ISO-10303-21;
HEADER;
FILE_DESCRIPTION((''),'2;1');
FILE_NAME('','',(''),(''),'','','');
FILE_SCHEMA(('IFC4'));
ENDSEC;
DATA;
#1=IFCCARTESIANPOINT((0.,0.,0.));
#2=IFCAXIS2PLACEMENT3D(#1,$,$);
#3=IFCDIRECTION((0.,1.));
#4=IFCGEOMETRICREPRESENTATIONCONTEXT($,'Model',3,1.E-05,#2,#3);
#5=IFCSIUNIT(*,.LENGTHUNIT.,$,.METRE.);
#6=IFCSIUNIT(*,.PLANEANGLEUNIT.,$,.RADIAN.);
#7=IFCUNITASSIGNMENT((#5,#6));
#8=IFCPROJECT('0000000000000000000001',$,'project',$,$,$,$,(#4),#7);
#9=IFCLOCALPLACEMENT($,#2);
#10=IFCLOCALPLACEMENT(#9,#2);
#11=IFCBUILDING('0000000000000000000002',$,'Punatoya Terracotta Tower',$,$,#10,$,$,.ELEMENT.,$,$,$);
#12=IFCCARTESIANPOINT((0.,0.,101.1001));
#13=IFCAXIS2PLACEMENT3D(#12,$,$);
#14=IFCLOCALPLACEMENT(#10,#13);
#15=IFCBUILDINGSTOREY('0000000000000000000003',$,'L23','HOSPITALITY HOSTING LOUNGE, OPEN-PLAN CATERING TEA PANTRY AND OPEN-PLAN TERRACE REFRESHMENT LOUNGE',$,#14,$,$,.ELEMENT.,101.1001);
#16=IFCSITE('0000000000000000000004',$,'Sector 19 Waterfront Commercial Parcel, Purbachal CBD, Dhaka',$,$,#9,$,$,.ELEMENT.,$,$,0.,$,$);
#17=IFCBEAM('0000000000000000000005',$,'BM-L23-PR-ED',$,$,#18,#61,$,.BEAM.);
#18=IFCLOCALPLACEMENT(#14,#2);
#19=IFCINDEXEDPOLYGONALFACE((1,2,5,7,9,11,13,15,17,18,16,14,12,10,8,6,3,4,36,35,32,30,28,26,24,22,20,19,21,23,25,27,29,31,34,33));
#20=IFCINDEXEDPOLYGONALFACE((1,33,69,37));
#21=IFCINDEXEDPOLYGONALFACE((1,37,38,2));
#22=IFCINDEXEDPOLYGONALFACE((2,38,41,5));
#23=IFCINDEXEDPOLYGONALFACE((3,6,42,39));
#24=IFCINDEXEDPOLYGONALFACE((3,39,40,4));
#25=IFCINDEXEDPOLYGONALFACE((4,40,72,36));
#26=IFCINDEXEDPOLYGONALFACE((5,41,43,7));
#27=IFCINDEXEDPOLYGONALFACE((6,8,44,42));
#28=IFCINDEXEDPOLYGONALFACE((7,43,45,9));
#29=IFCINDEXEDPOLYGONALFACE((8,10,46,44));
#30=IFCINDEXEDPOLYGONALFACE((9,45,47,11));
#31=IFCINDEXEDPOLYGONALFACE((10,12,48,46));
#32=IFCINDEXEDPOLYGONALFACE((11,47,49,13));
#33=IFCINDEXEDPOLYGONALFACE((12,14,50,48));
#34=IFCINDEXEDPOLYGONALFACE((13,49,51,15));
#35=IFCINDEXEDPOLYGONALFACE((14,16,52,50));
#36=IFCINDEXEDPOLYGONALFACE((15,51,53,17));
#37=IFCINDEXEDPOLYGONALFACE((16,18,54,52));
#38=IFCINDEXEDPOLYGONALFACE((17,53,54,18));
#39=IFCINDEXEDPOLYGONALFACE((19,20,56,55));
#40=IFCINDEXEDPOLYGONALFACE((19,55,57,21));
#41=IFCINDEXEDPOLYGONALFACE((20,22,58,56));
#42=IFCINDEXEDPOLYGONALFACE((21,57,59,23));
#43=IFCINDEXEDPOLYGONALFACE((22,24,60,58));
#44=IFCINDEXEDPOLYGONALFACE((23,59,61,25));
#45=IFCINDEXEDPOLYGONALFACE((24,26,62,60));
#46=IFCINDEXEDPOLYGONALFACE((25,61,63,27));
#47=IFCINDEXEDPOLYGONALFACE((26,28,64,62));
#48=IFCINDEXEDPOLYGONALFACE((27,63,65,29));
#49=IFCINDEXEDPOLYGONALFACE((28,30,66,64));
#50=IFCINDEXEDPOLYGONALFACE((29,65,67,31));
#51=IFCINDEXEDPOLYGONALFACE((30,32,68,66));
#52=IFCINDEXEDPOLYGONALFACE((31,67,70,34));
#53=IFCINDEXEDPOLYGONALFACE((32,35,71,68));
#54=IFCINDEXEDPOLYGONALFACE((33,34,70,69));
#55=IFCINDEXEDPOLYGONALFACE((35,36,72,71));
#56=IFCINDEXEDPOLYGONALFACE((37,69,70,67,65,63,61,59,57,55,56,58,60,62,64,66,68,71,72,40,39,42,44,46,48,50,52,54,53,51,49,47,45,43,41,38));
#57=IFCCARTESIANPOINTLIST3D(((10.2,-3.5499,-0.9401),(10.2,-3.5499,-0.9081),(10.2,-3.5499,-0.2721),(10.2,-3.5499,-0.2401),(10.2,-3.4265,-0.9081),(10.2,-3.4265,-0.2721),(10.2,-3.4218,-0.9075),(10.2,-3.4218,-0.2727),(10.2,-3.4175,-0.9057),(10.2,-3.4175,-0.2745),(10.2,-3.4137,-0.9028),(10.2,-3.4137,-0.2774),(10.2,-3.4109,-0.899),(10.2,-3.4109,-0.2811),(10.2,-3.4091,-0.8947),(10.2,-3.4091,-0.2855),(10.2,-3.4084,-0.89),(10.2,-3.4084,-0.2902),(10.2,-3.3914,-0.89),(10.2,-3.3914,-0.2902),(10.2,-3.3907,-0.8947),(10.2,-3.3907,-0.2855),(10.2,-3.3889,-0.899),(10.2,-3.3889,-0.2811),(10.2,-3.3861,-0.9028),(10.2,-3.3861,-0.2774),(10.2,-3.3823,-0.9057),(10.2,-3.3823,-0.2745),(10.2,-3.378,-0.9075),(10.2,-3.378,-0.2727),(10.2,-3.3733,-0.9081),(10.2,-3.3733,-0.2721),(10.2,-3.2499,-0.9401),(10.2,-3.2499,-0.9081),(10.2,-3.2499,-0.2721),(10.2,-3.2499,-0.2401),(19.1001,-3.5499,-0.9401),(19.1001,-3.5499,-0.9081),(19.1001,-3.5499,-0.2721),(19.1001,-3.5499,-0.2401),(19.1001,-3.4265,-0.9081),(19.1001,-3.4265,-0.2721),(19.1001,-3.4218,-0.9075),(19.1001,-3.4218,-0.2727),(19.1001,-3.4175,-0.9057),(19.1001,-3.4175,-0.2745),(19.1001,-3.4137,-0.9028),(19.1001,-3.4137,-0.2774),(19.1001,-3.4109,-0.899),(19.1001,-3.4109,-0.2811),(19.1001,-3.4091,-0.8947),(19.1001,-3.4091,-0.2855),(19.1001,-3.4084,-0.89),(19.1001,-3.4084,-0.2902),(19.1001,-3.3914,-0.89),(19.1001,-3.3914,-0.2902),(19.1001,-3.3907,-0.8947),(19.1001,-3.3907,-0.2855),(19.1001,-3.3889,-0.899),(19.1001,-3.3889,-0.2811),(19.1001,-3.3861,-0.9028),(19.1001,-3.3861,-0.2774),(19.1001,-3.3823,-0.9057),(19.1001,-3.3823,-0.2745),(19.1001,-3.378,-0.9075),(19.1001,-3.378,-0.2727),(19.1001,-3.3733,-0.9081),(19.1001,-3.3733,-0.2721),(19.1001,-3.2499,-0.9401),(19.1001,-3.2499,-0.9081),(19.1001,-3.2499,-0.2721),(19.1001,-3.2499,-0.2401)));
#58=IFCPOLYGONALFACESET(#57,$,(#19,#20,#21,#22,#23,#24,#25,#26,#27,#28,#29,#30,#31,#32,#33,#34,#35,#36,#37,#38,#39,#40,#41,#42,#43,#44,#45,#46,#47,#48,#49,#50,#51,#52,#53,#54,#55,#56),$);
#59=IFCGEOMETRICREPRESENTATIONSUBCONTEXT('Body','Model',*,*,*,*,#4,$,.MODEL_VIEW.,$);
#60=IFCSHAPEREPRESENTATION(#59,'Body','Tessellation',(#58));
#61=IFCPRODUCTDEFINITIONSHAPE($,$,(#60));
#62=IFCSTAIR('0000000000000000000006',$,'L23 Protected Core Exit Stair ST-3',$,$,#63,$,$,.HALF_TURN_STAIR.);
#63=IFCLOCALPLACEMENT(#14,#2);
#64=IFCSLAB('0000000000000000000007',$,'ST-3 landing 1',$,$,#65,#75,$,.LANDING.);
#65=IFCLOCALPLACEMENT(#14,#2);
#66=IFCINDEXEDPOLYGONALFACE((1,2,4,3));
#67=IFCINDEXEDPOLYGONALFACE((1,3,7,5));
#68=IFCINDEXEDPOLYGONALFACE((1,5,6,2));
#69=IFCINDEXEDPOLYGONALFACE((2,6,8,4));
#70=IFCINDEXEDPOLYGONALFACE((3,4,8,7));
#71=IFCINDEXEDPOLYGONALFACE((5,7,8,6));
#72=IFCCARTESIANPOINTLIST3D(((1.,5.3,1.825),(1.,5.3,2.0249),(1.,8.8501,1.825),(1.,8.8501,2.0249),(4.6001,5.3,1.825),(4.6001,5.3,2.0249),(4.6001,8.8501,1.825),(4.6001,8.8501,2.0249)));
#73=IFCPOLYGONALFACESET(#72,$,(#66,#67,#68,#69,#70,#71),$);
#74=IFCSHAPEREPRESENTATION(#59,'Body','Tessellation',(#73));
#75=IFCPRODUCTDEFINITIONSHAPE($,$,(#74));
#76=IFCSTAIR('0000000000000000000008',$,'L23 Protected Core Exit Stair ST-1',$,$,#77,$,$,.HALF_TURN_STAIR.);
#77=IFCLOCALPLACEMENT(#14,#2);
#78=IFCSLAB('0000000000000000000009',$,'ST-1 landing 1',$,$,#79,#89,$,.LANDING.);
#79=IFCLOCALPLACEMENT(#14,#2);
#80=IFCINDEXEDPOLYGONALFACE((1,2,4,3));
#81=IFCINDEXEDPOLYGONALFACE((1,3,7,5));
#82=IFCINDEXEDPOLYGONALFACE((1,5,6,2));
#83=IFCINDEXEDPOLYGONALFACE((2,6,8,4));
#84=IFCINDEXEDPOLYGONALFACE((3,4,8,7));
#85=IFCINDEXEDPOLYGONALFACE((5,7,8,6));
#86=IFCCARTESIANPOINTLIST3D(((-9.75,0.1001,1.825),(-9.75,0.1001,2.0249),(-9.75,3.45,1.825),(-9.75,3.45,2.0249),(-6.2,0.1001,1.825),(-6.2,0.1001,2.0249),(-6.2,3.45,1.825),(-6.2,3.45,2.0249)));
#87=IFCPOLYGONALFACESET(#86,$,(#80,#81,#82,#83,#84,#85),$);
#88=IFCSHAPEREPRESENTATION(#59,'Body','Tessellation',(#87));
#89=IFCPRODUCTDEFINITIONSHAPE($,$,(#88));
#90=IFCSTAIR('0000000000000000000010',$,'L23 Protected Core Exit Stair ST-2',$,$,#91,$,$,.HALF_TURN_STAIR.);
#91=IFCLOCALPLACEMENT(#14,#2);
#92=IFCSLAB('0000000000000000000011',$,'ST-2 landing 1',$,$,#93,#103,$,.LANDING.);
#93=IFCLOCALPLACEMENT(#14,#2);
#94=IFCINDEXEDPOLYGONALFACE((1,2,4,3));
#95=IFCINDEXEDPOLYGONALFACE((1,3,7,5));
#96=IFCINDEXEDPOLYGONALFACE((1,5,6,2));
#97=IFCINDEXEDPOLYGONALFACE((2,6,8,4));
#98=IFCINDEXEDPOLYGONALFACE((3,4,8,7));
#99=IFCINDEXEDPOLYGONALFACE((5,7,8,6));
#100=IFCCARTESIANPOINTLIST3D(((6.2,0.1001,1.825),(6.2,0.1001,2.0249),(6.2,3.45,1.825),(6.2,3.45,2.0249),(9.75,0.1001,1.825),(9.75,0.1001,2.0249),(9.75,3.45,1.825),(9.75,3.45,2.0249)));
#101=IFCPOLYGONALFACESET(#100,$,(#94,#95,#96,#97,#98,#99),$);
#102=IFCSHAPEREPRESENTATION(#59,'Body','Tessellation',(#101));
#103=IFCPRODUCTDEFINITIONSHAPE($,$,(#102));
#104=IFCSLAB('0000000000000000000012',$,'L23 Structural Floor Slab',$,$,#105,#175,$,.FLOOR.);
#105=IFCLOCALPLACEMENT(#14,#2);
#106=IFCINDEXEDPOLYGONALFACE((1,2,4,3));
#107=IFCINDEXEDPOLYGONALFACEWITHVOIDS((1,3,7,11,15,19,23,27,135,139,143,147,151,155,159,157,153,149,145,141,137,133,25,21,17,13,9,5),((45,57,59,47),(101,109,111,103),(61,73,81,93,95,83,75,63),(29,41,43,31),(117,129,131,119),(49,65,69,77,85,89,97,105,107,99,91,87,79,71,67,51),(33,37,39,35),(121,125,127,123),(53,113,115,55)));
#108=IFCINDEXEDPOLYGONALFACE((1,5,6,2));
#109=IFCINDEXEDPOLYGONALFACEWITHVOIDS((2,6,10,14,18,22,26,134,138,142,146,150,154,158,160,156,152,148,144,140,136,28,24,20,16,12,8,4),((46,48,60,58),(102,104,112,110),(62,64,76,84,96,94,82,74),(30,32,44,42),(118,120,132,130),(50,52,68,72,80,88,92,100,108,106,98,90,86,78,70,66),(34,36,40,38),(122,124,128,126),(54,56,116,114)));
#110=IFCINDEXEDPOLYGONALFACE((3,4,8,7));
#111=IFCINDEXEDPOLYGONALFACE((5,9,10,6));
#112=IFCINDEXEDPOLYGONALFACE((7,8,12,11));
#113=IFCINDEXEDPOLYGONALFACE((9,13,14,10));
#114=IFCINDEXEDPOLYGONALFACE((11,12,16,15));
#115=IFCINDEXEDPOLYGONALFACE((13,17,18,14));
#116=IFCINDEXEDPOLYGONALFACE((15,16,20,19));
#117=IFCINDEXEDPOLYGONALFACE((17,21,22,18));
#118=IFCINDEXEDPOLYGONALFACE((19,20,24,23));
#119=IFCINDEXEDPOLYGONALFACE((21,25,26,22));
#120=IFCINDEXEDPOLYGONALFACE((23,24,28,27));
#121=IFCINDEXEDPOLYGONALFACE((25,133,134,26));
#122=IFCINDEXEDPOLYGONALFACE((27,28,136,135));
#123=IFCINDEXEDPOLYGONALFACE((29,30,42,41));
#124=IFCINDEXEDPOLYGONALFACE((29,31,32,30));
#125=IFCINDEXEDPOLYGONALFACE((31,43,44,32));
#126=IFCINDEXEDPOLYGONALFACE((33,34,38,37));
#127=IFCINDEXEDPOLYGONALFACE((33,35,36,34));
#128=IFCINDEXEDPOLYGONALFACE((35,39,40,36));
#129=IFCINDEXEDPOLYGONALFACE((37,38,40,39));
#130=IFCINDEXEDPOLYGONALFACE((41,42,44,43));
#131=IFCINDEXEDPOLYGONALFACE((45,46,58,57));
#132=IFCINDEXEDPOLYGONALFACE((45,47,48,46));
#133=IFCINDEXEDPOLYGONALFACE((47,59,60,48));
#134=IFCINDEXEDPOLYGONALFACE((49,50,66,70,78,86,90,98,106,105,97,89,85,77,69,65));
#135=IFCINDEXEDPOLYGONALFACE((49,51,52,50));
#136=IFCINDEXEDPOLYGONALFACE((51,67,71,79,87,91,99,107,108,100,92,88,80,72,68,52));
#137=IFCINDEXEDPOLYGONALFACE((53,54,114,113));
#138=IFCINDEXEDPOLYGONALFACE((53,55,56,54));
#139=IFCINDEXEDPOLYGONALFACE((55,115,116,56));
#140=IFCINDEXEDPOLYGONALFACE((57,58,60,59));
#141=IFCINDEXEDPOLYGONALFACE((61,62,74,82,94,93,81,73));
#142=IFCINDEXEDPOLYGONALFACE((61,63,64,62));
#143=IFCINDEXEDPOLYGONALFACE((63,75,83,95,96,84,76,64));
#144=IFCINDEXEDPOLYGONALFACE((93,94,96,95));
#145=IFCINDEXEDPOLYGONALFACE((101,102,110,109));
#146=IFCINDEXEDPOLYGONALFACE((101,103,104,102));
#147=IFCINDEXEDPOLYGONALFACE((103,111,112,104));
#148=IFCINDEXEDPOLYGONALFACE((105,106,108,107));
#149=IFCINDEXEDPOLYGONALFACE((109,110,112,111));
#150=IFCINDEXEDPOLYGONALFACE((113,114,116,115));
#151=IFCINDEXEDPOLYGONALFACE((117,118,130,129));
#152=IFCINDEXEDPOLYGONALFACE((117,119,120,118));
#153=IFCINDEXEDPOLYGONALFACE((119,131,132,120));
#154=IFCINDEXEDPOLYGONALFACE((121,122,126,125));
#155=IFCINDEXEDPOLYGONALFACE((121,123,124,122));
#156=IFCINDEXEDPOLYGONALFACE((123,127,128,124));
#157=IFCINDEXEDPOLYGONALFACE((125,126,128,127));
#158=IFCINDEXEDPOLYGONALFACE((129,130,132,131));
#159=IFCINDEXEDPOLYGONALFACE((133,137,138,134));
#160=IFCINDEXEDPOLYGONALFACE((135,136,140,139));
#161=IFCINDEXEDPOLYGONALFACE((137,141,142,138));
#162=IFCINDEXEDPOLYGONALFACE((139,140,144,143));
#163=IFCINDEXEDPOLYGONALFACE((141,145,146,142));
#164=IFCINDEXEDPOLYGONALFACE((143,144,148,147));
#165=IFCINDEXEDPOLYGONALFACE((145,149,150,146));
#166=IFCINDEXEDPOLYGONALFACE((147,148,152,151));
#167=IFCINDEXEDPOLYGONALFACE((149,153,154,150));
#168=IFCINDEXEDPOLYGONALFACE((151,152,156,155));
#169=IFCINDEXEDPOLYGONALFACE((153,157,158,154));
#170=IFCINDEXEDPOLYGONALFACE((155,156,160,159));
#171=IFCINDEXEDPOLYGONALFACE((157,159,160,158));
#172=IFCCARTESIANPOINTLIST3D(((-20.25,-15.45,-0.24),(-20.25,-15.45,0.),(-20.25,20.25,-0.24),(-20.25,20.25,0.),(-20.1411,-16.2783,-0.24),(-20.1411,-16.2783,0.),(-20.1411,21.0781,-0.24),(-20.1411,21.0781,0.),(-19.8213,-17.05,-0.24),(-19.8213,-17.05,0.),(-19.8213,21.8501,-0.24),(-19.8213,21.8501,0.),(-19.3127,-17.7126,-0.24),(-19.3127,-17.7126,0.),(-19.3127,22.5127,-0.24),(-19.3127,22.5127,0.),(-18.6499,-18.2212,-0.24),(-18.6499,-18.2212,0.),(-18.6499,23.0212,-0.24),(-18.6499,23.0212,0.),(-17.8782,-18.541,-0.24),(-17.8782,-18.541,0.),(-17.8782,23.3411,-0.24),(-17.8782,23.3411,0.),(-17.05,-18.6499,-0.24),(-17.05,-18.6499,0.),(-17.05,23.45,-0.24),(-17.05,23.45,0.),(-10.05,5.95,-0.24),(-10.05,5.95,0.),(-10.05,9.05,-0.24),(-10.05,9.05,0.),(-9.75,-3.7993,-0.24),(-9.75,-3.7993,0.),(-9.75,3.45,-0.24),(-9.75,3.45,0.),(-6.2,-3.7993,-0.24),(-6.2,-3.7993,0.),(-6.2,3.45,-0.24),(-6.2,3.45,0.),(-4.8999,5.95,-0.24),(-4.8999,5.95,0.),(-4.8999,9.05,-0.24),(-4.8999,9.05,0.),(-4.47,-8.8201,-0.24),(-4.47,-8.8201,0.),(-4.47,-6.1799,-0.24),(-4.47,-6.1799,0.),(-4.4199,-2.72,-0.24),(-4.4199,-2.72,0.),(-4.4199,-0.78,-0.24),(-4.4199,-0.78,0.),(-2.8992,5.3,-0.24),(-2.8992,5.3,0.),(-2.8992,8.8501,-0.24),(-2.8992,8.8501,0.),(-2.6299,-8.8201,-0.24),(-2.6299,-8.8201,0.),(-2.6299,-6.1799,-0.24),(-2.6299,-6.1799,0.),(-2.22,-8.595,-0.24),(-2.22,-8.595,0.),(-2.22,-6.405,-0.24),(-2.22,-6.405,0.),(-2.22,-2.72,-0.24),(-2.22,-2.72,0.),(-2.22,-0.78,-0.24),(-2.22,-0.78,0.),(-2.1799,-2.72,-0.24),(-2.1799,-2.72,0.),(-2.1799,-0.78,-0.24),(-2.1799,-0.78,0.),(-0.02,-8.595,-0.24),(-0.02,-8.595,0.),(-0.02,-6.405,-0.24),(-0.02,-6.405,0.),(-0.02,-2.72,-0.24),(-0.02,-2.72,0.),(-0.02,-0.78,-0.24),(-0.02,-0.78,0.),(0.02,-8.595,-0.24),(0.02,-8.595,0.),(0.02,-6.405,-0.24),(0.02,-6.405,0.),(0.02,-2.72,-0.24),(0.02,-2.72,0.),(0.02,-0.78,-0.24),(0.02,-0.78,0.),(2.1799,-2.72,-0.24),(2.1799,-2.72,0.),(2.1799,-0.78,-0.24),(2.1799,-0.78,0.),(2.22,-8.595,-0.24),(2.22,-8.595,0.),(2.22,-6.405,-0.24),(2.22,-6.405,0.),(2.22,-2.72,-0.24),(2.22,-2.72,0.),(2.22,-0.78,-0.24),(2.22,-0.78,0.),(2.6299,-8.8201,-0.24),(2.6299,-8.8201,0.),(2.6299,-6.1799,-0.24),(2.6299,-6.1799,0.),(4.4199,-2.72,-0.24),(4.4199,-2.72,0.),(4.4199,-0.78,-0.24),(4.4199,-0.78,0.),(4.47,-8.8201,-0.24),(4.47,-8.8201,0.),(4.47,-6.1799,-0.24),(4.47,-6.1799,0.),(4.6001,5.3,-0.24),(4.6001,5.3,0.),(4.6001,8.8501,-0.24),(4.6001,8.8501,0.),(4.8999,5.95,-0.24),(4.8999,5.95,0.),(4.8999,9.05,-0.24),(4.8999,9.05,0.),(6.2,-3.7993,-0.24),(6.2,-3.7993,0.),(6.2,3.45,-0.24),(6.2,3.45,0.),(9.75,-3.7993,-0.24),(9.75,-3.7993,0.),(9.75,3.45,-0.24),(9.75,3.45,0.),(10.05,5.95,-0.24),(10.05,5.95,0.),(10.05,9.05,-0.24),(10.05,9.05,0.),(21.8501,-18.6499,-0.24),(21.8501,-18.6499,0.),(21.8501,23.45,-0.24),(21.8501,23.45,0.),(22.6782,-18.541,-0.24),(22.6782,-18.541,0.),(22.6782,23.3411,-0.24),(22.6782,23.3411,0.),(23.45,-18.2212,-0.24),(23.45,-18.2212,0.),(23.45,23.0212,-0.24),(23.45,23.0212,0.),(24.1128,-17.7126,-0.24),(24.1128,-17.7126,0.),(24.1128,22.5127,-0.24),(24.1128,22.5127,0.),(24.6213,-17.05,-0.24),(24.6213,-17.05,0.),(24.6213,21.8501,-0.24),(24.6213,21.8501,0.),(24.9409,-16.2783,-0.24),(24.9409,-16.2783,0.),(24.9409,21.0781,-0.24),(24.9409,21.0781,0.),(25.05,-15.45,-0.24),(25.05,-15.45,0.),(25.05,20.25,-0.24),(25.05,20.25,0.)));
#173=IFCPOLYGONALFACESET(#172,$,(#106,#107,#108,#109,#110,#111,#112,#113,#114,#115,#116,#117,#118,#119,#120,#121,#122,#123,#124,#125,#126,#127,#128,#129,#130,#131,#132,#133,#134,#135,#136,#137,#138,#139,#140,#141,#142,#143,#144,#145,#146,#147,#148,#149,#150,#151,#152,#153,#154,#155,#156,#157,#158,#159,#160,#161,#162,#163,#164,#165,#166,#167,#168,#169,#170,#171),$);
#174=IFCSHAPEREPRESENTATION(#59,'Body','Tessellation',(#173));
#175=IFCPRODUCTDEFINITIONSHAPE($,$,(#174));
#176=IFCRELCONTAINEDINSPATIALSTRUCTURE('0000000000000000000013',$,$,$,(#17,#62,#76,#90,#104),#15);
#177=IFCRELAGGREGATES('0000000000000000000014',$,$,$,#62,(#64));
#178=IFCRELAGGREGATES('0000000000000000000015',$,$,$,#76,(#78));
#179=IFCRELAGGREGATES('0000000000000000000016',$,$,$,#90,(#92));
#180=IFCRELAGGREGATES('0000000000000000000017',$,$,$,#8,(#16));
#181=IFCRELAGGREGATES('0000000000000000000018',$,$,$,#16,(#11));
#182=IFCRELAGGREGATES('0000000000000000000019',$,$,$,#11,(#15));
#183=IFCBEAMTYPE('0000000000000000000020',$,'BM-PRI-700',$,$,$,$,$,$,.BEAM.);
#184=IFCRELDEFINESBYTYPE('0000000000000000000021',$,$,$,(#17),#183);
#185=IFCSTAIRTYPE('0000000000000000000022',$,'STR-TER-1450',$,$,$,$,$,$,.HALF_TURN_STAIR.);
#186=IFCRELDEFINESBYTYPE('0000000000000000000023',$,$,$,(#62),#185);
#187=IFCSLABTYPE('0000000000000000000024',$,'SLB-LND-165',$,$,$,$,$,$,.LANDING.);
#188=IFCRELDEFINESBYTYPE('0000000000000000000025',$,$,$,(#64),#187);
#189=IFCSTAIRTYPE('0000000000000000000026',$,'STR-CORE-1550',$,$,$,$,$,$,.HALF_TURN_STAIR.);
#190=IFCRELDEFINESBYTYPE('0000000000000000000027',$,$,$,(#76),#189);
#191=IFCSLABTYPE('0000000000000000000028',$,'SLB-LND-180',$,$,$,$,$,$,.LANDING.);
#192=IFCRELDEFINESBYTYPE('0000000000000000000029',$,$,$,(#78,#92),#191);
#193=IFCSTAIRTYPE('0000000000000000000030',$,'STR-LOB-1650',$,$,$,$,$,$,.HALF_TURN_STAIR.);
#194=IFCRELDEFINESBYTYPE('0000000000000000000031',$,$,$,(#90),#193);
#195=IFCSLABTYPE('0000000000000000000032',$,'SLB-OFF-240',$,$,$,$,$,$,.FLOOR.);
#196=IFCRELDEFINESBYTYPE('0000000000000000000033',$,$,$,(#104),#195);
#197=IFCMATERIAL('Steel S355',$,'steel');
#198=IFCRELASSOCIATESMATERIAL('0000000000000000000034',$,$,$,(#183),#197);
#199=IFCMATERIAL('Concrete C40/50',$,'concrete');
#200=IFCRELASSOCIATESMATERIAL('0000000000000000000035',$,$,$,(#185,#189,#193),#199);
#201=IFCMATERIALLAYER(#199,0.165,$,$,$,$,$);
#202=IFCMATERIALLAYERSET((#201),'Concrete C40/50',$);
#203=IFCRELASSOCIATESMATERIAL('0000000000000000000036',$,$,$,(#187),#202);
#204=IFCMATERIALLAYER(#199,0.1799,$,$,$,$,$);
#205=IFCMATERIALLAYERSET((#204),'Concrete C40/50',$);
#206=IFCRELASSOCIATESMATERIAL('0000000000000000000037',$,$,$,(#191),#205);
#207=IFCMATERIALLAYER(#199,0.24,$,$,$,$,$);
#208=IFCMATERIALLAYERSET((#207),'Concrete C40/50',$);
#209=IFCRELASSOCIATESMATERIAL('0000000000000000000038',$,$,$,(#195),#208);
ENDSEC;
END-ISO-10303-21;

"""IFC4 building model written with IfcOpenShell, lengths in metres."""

from ifc_helpers import new_model, si_unit, direction, frame, origin, origin_2d, place, context, subcontext, project, spatial, polyline, i_section, outline, extrude, material, layer, layer_set, material_profile, profile_set, type_object, element, aggregate, save


model = new_model("IFC4")

# Units and contexts
model_context = context("Model", 3, precision=1e-05, world=origin(), true_north=direction((0.0, 1.0)))
body_context = subcontext(model_context, "Body", "Model", "MODEL_VIEW")
ifc_project = project(units=[si_unit("LENGTHUNIT", "METRE"), si_unit("PLANEANGLEUNIT", "RADIAN")], contexts=[model_context])

# Site, building, storey
site_placement = place(None, origin())
site = spatial("IfcSite", under=ifc_project, at=site_placement, Name="Sector 19 Waterfront Commercial Parcel, Purbachal CBD, Dhaka", CompositionType="ELEMENT", RefElevation=0.0)
building_placement = place(site_placement, origin())
building = spatial("IfcBuilding", under=site, at=building_placement, Name="Punatoya Terracotta Tower", CompositionType="ELEMENT")
storey_placement = place(building_placement, frame((0.0, 0.0, 101.1001)))
storey = spatial("IfcBuildingStorey", under=building, at=storey_placement, Name="L23", Description="HOSPITALITY HOSTING LOUNGE, OPEN-PLAN CATERING TEA PANTRY AND OPEN-PLAN TERRACE REFRESHMENT LOUNGE", CompositionType="ELEMENT", Elevation=101.1001)

# Beam
ifc_material_1 = material(Name="Steel S355", Category="steel")
ifc_material_profile = material_profile(ifc_material_1, i_section(OverallWidth=0.3, OverallDepth=0.7, WebThickness=0.0171, FlangeThickness=0.032, FilletRadius=0.0181, at=origin_2d()))
ifc_profile_set = profile_set([ifc_material_profile], Name="Steel S355")
beam_type = type_object("IfcBeamType", Name="BM-PRI-700", PredefinedType="BEAM", material=ifc_profile_set)
beam_placement = place(storey_placement, frame((10.2, -3.3999, -0.5901), z_axis=(1.0, 0.0, 0.0), x_axis=(0.0, 1.0, 0.0)))
element("IfcBeam", 1, at=beam_placement, inside=storey, type_object=beam_type, Name="BM-L23-PR-ED", PredefinedType="BEAM", context=body_context, shape_type="SweptSolid", body=[
    extrude(i_section(OverallWidth=0.3, OverallDepth=0.7, WebThickness=0.0171, FlangeThickness=0.032, FilletRadius=0.0181, at=origin_2d()), origin(), (0.0, 0.0, 1.0), 8.9001),
])

# Stairs, slabs
ifc_material_2 = material(Name="Concrete C40/50", Category="concrete")
stair_type_1 = type_object("IfcStairType", Name="STR-TER-1450", PredefinedType="HALF_TURN_STAIR", material=ifc_material_2)
stair_1_placement = place(storey_placement, origin())
stair_1 = element("IfcStair", 2, at=stair_1_placement, inside=storey, type_object=stair_type_1, Name="L23 Protected Core Exit Stair ST-3", PredefinedType="HALF_TURN_STAIR")
ifc_layer_1 = layer(ifc_material_2, 0.165)
ifc_layer_set_1 = layer_set([ifc_layer_1], Name="Concrete C40/50")
slab_type_1 = type_object("IfcSlabType", Name="SLB-LND-165", PredefinedType="LANDING", material=ifc_layer_set_1)
slab_1_placement = place(storey_placement, frame((0.0, 0.0, 1.825)))
slab_1 = element("IfcSlab", 3, at=slab_1_placement, type_object=slab_type_1, Name="ST-3 landing 1", PredefinedType="LANDING", context=body_context, shape_type="SweptSolid", body=[
    extrude(outline(polyline([(1.0, 5.3), (4.6001, 5.3), (4.6001, 8.8501), (1.0, 8.8501), (1.0, 5.3)])), origin(), (0.0, 0.0, 1.0), 0.2),
])
aggregate(stair_1, [slab_1])
stair_type_2 = type_object("IfcStairType", Name="STR-CORE-1550", PredefinedType="HALF_TURN_STAIR", material=ifc_material_2)
stair_2_placement = place(storey_placement, origin())
stair_2 = element("IfcStair", 4, at=stair_2_placement, inside=storey, type_object=stair_type_2, Name="L23 Protected Core Exit Stair ST-1", PredefinedType="HALF_TURN_STAIR")
ifc_layer_2 = layer(ifc_material_2, 0.1799)
ifc_layer_set_2 = layer_set([ifc_layer_2], Name="Concrete C40/50")
slab_type_2 = type_object("IfcSlabType", Name="SLB-LND-180", PredefinedType="LANDING", material=ifc_layer_set_2)
slab_2_placement = place(storey_placement, frame((0.0, 0.0, 1.825)))
slab_2 = element("IfcSlab", 5, at=slab_2_placement, type_object=slab_type_2, Name="ST-1 landing 1", PredefinedType="LANDING", context=body_context, shape_type="SweptSolid", body=[
    extrude(outline(polyline([(-6.2, 0.1001), (-6.2, 3.45), (-9.75, 3.45), (-9.75, 0.1001), (-6.2, 0.1001)])), origin(), (0.0, 0.0, 1.0), 0.2),
])
aggregate(stair_2, [slab_2])
stair_type_3 = type_object("IfcStairType", Name="STR-LOB-1650", PredefinedType="HALF_TURN_STAIR", material=ifc_material_2)
stair_3_placement = place(storey_placement, origin())
stair_3 = element("IfcStair", 6, at=stair_3_placement, inside=storey, type_object=stair_type_3, Name="L23 Protected Core Exit Stair ST-2", PredefinedType="HALF_TURN_STAIR")
slab_3_placement = place(storey_placement, frame((0.0, 0.0, 1.825)))
slab_3 = element("IfcSlab", 7, at=slab_3_placement, type_object=slab_type_2, Name="ST-2 landing 1", PredefinedType="LANDING", context=body_context, shape_type="SweptSolid", body=[
    extrude(outline(polyline([(9.75, 0.1001), (9.75, 3.45), (6.2, 3.45), (6.2, 0.1001), (9.75, 0.1001)])), origin(), (0.0, 0.0, 1.0), 0.2),
])

# Slab
ifc_layer_3 = layer(ifc_material_2, 0.24)
ifc_layer_set_3 = layer_set([ifc_layer_3], Name="Concrete C40/50")
slab_type_3 = type_object("IfcSlabType", Name="SLB-OFF-240", PredefinedType="FLOOR", material=ifc_layer_set_3)
slab_4_placement = place(storey_placement, frame((0.0, 0.0, -0.24)))
element("IfcSlab", 8, at=slab_4_placement, inside=storey, type_object=slab_type_3, Name="L23 Structural Floor Slab", PredefinedType="FLOOR", context=body_context, shape_type="SweptSolid", body=[
    extrude(outline(polyline([(-17.05, -18.6499), (-17.8782, -18.541), (-18.6499, -18.2212), (-19.3127, -17.7126), (-19.8213, -17.05), (-20.1411, -16.2783), (-20.25, -15.45), (-20.25, 20.25), (-20.1411, 21.0781), (-19.8213, 21.8501), (-19.3127, 22.5127), (-18.6499, 23.0212), (-17.8782, 23.3411), (-17.05, 23.45), (21.8501, 23.45), (22.6782, 23.3411), (23.45, 23.0212), (24.1128, 22.5127), (24.6213, 21.8501), (24.9409, 21.0781), (25.05, 20.25), (25.05, -15.45), (24.9409, -16.2783), (24.6213, -17.05), (24.1128, -17.7126), (23.45, -18.2212), (22.6782, -18.541), (21.8501, -18.6499), (-17.05, -18.6499)]), holes=[polyline([(-2.6299, -6.1799), (-4.47, -6.1799), (-4.47, -8.8201), (-2.6299, -8.8201), (-2.6299, -6.1799)]), polyline([(0.02, -8.595), (2.22, -8.595), (2.22, -6.405), (0.02, -6.405), (-0.02, -6.405), (-2.22, -6.405), (-2.22, -8.595), (-0.02, -8.595), (0.02, -8.595)]), polyline([(-2.22, -2.72), (-2.1799, -2.72), (-0.02, -2.72), (0.02, -2.72), (2.1799, -2.72), (2.22, -2.72), (4.4199, -2.72), (4.4199, -0.78), (2.22, -0.78), (2.1799, -0.78), (0.02, -0.78), (-0.02, -0.78), (-2.1799, -0.78), (-2.22, -0.78), (-4.4199, -0.78), (-4.4199, -2.72), (-2.22, -2.72)]), polyline([(-6.2, 3.45), (-9.75, 3.45), (-9.75, -3.7993), (-6.2, -3.7993), (-6.2, 3.45)]), polyline([(4.6001, 5.3), (4.6001, 8.8501), (-2.8992, 8.8501), (-2.8992, 5.3), (4.6001, 5.3)]), polyline([(-4.8999, 9.05), (-10.05, 9.05), (-10.05, 5.95), (-4.8999, 5.95), (-4.8999, 9.05)]), polyline([(4.47, -8.8201), (4.47, -6.1799), (2.6299, -6.1799), (2.6299, -8.8201), (4.47, -8.8201)]), polyline([(9.75, 3.45), (6.2, 3.45), (6.2, -3.7993), (9.75, -3.7993), (9.75, 3.45)]), polyline([(10.05, 5.95), (10.05, 9.05), (4.8999, 9.05), (4.8999, 5.95), (10.05, 5.95)])]), origin(), (0.0, 0.0, 1.0), 0.24),
])

aggregate(stair_3, [slab_3])

save(model, "model.ifc")
